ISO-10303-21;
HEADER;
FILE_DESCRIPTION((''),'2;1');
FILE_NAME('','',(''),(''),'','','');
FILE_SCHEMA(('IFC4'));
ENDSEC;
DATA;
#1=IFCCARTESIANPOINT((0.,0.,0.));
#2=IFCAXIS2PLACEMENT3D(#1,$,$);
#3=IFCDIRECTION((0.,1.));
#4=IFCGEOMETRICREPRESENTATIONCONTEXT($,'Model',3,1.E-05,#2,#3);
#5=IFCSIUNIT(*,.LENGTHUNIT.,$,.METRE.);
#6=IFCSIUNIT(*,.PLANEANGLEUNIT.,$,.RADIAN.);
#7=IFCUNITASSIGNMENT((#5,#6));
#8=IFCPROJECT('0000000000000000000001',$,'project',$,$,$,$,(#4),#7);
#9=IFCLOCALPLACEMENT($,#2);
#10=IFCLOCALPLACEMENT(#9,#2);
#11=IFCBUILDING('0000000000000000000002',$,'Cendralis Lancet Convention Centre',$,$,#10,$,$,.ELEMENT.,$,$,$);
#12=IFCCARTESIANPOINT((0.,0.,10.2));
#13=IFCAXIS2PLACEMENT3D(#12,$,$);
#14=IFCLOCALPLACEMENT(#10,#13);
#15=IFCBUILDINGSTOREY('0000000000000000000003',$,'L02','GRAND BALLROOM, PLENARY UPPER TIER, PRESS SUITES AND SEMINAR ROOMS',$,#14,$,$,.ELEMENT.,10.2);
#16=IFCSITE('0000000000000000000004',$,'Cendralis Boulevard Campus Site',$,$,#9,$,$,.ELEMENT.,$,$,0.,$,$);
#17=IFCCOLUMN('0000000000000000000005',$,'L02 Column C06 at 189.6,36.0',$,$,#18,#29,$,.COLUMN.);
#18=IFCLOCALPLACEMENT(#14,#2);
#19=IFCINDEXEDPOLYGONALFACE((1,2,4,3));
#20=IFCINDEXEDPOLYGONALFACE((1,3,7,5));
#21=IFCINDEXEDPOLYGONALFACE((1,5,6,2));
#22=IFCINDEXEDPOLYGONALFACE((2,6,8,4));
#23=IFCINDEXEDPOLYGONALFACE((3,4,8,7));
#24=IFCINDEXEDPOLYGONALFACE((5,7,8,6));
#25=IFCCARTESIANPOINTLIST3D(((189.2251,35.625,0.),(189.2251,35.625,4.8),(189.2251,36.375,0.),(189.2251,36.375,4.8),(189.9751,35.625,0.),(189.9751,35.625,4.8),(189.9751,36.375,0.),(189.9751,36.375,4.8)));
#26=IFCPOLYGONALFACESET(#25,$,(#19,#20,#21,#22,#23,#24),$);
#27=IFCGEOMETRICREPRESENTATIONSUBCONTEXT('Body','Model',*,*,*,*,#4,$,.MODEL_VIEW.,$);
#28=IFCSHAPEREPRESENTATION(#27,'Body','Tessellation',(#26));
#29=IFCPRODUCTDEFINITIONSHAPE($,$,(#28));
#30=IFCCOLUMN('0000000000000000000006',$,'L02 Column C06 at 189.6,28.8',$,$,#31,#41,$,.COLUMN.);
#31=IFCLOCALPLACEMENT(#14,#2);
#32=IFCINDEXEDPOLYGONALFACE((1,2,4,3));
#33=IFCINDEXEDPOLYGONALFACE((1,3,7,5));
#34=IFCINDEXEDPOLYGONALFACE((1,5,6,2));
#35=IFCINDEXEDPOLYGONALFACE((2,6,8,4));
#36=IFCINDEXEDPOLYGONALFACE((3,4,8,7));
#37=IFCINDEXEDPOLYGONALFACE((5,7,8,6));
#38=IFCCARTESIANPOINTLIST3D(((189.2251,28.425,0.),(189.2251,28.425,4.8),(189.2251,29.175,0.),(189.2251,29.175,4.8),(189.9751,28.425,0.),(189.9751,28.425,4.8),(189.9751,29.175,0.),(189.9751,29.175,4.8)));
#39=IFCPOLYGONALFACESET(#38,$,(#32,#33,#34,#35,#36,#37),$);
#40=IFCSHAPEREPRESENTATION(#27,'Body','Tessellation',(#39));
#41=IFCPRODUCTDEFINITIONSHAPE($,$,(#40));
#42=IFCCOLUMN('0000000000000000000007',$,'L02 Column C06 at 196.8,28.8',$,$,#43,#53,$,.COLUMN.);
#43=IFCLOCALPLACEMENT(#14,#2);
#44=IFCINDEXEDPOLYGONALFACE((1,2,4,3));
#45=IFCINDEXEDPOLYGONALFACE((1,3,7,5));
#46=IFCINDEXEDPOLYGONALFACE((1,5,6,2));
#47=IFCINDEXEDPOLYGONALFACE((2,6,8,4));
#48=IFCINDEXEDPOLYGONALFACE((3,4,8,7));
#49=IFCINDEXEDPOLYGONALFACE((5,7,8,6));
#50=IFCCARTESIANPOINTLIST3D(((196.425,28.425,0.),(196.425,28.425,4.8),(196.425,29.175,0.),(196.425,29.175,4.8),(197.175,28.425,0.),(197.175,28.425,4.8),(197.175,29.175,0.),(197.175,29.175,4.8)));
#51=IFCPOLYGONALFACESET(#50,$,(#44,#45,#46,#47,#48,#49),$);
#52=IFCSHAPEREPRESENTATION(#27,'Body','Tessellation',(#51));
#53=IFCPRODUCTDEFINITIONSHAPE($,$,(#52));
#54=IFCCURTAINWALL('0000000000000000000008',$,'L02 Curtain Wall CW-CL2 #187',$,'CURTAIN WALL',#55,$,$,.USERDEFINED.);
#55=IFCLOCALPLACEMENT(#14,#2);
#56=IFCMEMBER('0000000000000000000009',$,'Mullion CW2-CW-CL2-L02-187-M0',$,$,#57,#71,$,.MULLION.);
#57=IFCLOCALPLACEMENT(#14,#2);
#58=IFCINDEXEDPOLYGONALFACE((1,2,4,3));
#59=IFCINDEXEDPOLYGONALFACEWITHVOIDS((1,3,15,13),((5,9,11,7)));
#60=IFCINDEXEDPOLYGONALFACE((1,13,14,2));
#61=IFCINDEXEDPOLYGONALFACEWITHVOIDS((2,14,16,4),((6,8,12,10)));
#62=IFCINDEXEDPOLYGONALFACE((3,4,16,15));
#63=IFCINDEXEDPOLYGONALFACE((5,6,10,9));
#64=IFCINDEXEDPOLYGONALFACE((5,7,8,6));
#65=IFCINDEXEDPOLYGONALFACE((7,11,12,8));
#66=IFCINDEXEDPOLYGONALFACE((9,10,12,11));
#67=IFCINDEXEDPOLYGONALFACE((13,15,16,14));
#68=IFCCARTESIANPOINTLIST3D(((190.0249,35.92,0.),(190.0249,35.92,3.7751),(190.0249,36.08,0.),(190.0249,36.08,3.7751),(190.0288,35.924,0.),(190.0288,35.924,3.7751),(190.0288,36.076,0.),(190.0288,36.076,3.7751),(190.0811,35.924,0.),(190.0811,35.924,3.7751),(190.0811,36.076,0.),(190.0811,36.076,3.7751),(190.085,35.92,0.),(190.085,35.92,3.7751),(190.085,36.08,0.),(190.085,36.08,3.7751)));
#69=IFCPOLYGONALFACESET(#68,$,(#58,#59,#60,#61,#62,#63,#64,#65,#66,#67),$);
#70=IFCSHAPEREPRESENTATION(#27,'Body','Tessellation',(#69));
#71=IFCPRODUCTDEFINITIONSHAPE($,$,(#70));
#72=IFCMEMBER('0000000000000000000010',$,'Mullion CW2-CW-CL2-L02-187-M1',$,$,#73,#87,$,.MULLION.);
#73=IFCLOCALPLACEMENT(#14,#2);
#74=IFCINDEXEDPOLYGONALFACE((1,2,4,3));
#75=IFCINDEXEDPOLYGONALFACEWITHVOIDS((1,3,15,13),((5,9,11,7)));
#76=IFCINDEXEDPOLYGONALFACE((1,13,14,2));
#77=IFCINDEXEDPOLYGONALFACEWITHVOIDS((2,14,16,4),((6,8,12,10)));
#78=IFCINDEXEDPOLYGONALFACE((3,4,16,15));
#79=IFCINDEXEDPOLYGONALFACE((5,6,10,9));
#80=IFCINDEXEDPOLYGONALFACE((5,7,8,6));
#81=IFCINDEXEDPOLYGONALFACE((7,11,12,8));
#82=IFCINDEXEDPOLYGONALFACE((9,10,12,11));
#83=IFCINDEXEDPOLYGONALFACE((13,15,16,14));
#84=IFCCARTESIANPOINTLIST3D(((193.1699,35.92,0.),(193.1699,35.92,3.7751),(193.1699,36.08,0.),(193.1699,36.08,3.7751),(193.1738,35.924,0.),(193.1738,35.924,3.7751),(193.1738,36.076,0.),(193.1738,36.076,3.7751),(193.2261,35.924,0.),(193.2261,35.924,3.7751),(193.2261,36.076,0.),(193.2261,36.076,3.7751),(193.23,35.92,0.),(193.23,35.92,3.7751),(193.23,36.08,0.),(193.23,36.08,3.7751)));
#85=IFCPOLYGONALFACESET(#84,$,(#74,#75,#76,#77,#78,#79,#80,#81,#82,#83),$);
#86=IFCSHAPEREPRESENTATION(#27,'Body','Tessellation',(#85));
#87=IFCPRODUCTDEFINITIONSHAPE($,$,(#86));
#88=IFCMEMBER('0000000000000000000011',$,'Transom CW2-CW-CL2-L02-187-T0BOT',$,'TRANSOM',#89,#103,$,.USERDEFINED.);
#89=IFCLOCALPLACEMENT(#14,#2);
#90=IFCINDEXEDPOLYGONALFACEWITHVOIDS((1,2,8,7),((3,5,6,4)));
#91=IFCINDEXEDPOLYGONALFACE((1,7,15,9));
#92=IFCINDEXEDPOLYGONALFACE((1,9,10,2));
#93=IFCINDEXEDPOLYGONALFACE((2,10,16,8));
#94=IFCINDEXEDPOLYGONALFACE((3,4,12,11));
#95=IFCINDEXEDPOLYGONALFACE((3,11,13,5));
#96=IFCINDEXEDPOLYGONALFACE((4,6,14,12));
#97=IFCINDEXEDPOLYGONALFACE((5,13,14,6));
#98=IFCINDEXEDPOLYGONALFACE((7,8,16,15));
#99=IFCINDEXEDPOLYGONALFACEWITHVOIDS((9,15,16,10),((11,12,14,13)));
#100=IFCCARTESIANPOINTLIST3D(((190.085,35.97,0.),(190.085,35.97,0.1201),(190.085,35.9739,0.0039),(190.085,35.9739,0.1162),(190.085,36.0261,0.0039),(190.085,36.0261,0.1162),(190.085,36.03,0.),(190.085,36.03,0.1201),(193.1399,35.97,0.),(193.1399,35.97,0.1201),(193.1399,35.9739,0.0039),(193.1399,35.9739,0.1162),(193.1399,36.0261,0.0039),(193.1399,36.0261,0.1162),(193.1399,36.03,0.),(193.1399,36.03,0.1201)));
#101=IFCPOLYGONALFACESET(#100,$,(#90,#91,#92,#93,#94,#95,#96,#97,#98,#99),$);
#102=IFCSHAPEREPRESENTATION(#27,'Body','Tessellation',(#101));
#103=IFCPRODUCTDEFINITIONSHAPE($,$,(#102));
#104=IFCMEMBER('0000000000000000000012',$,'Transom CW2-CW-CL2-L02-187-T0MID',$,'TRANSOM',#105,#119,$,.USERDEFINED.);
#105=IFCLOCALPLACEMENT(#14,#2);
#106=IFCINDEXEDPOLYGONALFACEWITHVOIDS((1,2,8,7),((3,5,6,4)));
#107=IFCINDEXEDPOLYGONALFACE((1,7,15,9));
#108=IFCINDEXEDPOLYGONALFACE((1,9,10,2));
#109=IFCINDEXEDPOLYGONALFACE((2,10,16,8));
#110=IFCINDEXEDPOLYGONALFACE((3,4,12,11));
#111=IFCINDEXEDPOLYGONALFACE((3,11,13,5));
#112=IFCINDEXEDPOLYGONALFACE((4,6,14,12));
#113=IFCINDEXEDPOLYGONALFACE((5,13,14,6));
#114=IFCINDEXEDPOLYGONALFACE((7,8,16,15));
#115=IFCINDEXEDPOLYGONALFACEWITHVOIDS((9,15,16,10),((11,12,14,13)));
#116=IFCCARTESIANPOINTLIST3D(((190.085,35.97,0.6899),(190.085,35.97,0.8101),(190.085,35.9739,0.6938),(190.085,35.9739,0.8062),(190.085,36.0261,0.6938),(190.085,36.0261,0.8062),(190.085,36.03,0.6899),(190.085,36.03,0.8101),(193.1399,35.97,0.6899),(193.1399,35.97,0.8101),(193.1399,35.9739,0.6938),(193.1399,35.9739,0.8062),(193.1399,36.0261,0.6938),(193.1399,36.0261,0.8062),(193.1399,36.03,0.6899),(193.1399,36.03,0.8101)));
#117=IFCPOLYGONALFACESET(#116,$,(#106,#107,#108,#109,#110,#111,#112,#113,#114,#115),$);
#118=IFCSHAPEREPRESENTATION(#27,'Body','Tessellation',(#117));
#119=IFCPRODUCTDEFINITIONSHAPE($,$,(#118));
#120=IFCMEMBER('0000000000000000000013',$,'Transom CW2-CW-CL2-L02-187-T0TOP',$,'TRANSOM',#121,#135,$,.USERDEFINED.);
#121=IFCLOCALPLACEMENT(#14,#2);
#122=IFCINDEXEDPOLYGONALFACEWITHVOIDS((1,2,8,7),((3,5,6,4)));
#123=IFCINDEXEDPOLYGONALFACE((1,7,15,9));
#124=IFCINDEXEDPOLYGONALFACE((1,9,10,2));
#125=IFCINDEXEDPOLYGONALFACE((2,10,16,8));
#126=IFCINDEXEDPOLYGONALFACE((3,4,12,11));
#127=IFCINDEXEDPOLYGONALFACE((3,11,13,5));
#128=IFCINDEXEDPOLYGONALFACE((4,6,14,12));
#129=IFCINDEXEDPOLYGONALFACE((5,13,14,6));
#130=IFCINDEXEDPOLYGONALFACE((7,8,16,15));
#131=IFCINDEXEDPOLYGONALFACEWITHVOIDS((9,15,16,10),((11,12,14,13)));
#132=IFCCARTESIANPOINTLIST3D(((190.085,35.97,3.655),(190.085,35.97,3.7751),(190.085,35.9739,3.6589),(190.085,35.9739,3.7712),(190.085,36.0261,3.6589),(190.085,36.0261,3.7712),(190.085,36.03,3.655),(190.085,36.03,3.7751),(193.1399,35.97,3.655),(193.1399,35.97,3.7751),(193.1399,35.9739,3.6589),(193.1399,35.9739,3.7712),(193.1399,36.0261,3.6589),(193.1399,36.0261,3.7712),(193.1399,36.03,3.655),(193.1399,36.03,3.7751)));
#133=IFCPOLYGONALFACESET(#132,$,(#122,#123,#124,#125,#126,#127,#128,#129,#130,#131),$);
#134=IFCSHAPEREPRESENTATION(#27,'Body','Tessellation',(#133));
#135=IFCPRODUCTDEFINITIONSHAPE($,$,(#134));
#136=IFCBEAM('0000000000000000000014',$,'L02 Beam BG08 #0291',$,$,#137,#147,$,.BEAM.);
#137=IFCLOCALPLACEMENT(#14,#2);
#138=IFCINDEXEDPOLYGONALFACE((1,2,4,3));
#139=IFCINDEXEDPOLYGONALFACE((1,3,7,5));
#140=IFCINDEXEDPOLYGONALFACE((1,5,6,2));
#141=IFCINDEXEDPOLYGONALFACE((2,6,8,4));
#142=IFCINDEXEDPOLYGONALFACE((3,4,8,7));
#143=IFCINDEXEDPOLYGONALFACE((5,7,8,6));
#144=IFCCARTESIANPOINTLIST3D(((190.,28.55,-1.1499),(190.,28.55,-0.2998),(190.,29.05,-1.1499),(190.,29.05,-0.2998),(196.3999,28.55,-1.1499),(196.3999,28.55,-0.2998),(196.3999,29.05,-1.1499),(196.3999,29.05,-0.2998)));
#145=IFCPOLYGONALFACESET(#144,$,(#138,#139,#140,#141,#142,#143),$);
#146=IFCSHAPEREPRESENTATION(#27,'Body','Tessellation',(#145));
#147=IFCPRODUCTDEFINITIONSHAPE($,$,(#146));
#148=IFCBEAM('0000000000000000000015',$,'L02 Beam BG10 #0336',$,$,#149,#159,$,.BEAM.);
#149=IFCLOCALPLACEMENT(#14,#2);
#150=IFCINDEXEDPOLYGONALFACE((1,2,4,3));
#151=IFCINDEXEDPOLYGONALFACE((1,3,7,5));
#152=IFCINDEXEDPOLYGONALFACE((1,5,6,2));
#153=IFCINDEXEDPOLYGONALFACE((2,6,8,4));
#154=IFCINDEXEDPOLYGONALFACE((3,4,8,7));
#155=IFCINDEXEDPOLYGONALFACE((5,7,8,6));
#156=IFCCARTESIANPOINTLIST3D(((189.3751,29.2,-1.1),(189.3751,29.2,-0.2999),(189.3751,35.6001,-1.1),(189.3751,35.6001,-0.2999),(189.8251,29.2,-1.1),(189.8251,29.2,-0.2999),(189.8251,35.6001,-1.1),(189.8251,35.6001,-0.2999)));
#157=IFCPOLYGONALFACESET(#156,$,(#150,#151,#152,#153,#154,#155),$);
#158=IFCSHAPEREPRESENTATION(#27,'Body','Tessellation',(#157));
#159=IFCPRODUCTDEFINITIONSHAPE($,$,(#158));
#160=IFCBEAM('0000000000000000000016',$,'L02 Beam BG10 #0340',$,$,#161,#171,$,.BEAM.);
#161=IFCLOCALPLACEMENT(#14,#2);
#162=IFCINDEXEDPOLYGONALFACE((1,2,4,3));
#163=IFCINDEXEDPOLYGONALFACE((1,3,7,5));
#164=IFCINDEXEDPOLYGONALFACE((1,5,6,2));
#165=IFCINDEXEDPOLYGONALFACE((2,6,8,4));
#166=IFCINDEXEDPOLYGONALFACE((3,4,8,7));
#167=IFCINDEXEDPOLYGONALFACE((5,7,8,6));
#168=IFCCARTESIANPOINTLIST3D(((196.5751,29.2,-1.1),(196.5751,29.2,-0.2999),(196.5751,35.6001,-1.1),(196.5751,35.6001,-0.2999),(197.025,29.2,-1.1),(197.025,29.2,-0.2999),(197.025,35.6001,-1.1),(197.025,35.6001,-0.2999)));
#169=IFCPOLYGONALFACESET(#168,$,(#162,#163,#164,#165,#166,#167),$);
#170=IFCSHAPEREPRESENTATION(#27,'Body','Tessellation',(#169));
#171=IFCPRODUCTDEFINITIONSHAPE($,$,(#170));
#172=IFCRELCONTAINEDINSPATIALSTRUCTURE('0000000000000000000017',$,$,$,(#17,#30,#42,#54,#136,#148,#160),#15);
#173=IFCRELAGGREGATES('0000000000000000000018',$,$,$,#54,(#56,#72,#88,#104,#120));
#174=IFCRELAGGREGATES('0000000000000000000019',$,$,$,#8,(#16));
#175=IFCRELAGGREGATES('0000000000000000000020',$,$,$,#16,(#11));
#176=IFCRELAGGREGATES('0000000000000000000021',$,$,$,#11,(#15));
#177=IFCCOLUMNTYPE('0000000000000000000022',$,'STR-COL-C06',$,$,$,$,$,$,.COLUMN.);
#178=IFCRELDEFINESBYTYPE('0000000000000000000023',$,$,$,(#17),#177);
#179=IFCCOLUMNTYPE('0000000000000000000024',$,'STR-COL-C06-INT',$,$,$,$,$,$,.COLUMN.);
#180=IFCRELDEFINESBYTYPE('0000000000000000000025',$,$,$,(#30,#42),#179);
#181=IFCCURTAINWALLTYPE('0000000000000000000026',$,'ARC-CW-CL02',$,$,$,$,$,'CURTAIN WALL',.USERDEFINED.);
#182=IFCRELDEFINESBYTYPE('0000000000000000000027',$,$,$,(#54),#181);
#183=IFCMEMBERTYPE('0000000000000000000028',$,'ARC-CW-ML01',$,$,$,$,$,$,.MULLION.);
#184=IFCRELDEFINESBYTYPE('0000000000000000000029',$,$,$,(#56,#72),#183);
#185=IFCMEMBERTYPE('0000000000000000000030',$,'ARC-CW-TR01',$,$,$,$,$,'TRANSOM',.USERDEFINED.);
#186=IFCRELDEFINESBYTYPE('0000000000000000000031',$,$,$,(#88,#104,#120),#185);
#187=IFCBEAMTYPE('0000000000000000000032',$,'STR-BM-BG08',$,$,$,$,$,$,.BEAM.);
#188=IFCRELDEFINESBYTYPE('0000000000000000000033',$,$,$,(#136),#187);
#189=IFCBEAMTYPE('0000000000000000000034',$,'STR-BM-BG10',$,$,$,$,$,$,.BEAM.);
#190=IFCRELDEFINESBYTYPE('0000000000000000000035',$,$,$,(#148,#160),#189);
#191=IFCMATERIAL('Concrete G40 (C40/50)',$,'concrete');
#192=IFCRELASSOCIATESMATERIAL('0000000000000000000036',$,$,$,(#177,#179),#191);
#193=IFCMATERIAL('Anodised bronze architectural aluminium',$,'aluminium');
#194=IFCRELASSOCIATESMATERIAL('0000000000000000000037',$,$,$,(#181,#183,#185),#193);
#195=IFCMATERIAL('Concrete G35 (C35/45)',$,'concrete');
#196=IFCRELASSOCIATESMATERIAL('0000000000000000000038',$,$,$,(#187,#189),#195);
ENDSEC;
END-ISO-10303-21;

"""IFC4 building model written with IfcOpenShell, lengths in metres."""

from ifc_helpers import new_model, si_unit, direction, frame, origin, origin_2d, place, context, subcontext, project, spatial, rectangle, hollow_rectangle, extrude, material, material_profile, profile_set, type_object, element, aggregate, save


model = new_model("IFC4")

# Units and contexts
model_context = context("Model", 3, precision=1e-05, world=origin(), true_north=direction((0.0, 1.0)))
body_context = subcontext(model_context, "Body", "Model", "MODEL_VIEW")
ifc_project = project(units=[si_unit("LENGTHUNIT", "METRE"), si_unit("PLANEANGLEUNIT", "RADIAN")], contexts=[model_context])

# Site, building, storey
site_placement = place(None, origin())
site = spatial("IfcSite", under=ifc_project, at=site_placement, Name="Cendralis Boulevard Campus Site", CompositionType="ELEMENT", RefElevation=0.0)
building_placement = place(site_placement, origin())
building = spatial("IfcBuilding", under=site, at=building_placement, Name="Cendralis Lancet Convention Centre", CompositionType="ELEMENT")
storey_placement = place(building_placement, frame((0.0, 0.0, 10.2)))
storey = spatial("IfcBuildingStorey", under=building, at=storey_placement, Name="L02", Description="GRAND BALLROOM, PLENARY UPPER TIER, PRESS SUITES AND SEMINAR ROOMS", CompositionType="ELEMENT", Elevation=10.2)

# Columns
ifc_material_1 = material(Name="Concrete G40 (C40/50)", Category="concrete")
ifc_material_profile_1 = material_profile(ifc_material_1, rectangle(XDim=0.75, YDim=0.75, at=origin_2d()), Name="RC 750x750")
ifc_profile_set_1 = profile_set([ifc_material_profile_1], Name="Concrete G40 (C40/50)")
column_type_1 = type_object("IfcColumnType", Name="STR-COL-C06", PredefinedType="COLUMN", material=ifc_profile_set_1)
column_placement = place(storey_placement, frame((189.6001, 36.0, 0.0), z_axis=(0.0, 0.0, 1.0), x_axis=(1.0, 0.0, 0.0)))
element("IfcColumn", 1, at=column_placement, inside=storey, type_object=column_type_1, Name="L02 Column C06 at 189.6,36.0", PredefinedType="COLUMN", context=body_context, shape_type="SweptSolid", body=[
    extrude(rectangle(XDim=0.75, YDim=0.75, at=origin_2d()), origin(), (0.0, 0.0, 1.0), 4.8),
])
ifc_material_profile_2 = material_profile(ifc_material_1, rectangle(XDim=0.75, YDim=0.75, at=origin_2d()), Name="RC 750x750")
ifc_profile_set_2 = profile_set([ifc_material_profile_2], Name="Concrete G40 (C40/50)")
column_type_2 = type_object("IfcColumnType", Name="STR-COL-C06-INT", PredefinedType="COLUMN", material=ifc_profile_set_2)
for number, where, z_axis, x_axis, name in (
    (2, (189.6001, 28.8, 0.0), (0.0, 0.0, 1.0), (1.0, 0.0, 0.0), "L02 Column C06 at 189.6,28.8"),
    (3, (196.8, 28.8, 0.0), (0.0, 0.0, 1.0), (1.0, 0.0, 0.0), "L02 Column C06 at 196.8,28.8"),
):
    element("IfcColumn", number, at=place(storey_placement, frame(where, z_axis=z_axis, x_axis=x_axis)), inside=storey, type_object=column_type_2, Name=name, PredefinedType="COLUMN", context=body_context, shape_type="SweptSolid", body=[
        extrude(rectangle(XDim=0.75, YDim=0.75, at=origin_2d()), origin(), (0.0, 0.0, 1.0), 4.8),
    ])

# Curtain wall, members
ifc_material_2 = material(Name="Anodised bronze architectural aluminium", Category="aluminium")
curtain_wall_type = type_object("IfcCurtainWallType", Name="ARC-CW-CL02", ElementType="CURTAIN WALL", PredefinedType="USERDEFINED", material=ifc_material_2)
curtain_wall_placement = place(storey_placement, origin())
curtain_wall = element("IfcCurtainWall", 4, at=curtain_wall_placement, inside=storey, type_object=curtain_wall_type, Name="L02 Curtain Wall CW-CL2 #187", ObjectType="CURTAIN WALL", PredefinedType="USERDEFINED")
ifc_material_profile_3 = material_profile(ifc_material_2, hollow_rectangle(XDim=0.0601, YDim=0.1599, WallThickness=0.0039, at=origin_2d()), Name="AL-MULL 60x160x4.0")
ifc_profile_set_3 = profile_set([ifc_material_profile_3], Name="Anodised bronze architectural aluminium")
member_type_1 = type_object("IfcMemberType", Name="ARC-CW-ML01", PredefinedType="MULLION", material=ifc_profile_set_3)
member_1_placement = place(storey_placement, frame((190.0549, 36.0, 0.0), z_axis=(0.0, 0.0, 1.0), x_axis=(1.0, 0.0, 0.0)))
member_1 = element("IfcMember", 5, at=member_1_placement, type_object=member_type_1, Name="Mullion CW2-CW-CL2-L02-187-M0", PredefinedType="MULLION", context=body_context, shape_type="SweptSolid", body=[
    extrude(hollow_rectangle(XDim=0.0601, YDim=0.1599, WallThickness=0.0039, at=origin_2d()), origin(), (0.0, 0.0, 1.0), 3.7751),
])
member_2_placement = place(storey_placement, frame((193.2, 36.0, 0.0), z_axis=(0.0, 0.0, 1.0), x_axis=(1.0, 0.0, 0.0)))
member_2 = element("IfcMember", 6, at=member_2_placement, type_object=member_type_1, Name="Mullion CW2-CW-CL2-L02-187-M1", PredefinedType="MULLION", context=body_context, shape_type="SweptSolid", body=[
    extrude(hollow_rectangle(XDim=0.0601, YDim=0.1599, WallThickness=0.0039, at=origin_2d()), origin(), (0.0, 0.0, 1.0), 3.7751),
])
ifc_material_profile_4 = material_profile(ifc_material_2, hollow_rectangle(XDim=0.0601, YDim=0.1201, WallThickness=0.0039, at=origin_2d()), Name="AL-TRAN 60x120x4.0")
ifc_profile_set_4 = profile_set([ifc_material_profile_4], Name="Anodised bronze architectural aluminium")
member_type_2 = type_object("IfcMemberType", Name="ARC-CW-TR01", ElementType="TRANSOM", PredefinedType="USERDEFINED", material=ifc_profile_set_4)
member_3_placement = place(storey_placement, frame((190.085, 36.0, 0.0601), z_axis=(1.0, 0.0, 0.0), x_axis=(0.0, 1.0, 0.0)))
member_3 = element("IfcMember", 7, at=member_3_placement, type_object=member_type_2, Name="Transom CW2-CW-CL2-L02-187-T0BOT", ObjectType="TRANSOM", PredefinedType="USERDEFINED", context=body_context, shape_type="SweptSolid", body=[
    extrude(hollow_rectangle(XDim=0.0601, YDim=0.1201, WallThickness=0.0039, at=origin_2d()), origin(), (0.0, 0.0, 1.0), 3.0549),
])
member_4_placement = place(storey_placement, frame((190.085, 36.0, 0.75), z_axis=(1.0, 0.0, 0.0), x_axis=(0.0, 1.0, 0.0)))
member_4 = element("IfcMember", 8, at=member_4_placement, type_object=member_type_2, Name="Transom CW2-CW-CL2-L02-187-T0MID", ObjectType="TRANSOM", PredefinedType="USERDEFINED", context=body_context, shape_type="SweptSolid", body=[
    extrude(hollow_rectangle(XDim=0.0601, YDim=0.1201, WallThickness=0.0039, at=origin_2d()), origin(), (0.0, 0.0, 1.0), 3.0549),
])
member_5_placement = place(storey_placement, frame((190.085, 36.0, 3.7151), z_axis=(1.0, 0.0, 0.0), x_axis=(0.0, 1.0, 0.0)))
member_5 = element("IfcMember", 9, at=member_5_placement, type_object=member_type_2, Name="Transom CW2-CW-CL2-L02-187-T0TOP", ObjectType="TRANSOM", PredefinedType="USERDEFINED", context=body_context, shape_type="SweptSolid", body=[
    extrude(hollow_rectangle(XDim=0.0601, YDim=0.1201, WallThickness=0.0039, at=origin_2d()), origin(), (0.0, 0.0, 1.0), 3.0549),
])

# Beams
ifc_material_3 = material(Name="Concrete G35 (C35/45)", Category="concrete")
ifc_material_profile_5 = material_profile(ifc_material_3, rectangle(XDim=0.5, YDim=0.8501, at=origin_2d()), Name="RCB 500x850")
ifc_profile_set_5 = profile_set([ifc_material_profile_5], Name="Concrete G35 (C35/45)")
beam_type_1 = type_object("IfcBeamType", Name="STR-BM-BG08", PredefinedType="BEAM", material=ifc_profile_set_5)
beam_1_placement = place(storey_placement, frame((190.0, 28.8, -0.7249), z_axis=(1.0, 0.0, 0.0), x_axis=(0.0, 1.0, 0.0)))
element("IfcBeam", 10, at=beam_1_placement, inside=storey, type_object=beam_type_1, Name="L02 Beam BG08 #0291", PredefinedType="BEAM", context=body_context, shape_type="SweptSolid", body=[
    extrude(rectangle(XDim=0.5, YDim=0.8501, at=origin_2d()), origin(), (0.0, 0.0, 1.0), 6.3999),
])
ifc_material_profile_6 = material_profile(ifc_material_3, rectangle(XDim=0.45, YDim=0.8, at=origin_2d()), Name="RCB 450x800")
ifc_profile_set_6 = profile_set([ifc_material_profile_6], Name="Concrete G35 (C35/45)")
beam_type_2 = type_object("IfcBeamType", Name="STR-BM-BG10", PredefinedType="BEAM", material=ifc_profile_set_6)
for number, where, z_axis, x_axis, name in (
    (11, (189.6001, 29.2, -0.7), (0.0, 1.0, 0.0), (-1.0, 0.0, 0.0), "L02 Beam BG10 #0336"),
    (12, (196.8, 29.2, -0.7), (0.0, 1.0, 0.0), (-1.0, 0.0, 0.0), "L02 Beam BG10 #0340"),
):
    element("IfcBeam", number, at=place(storey_placement, frame(where, z_axis=z_axis, x_axis=x_axis)), inside=storey, type_object=beam_type_2, Name=name, PredefinedType="BEAM", context=body_context, shape_type="SweptSolid", body=[
        extrude(rectangle(XDim=0.45, YDim=0.8, at=origin_2d()), origin(), (0.0, 0.0, 1.0), 6.4001),
    ])

aggregate(curtain_wall, [member_1, member_2, member_3, member_4, member_5])

save(model, "model.ifc")
